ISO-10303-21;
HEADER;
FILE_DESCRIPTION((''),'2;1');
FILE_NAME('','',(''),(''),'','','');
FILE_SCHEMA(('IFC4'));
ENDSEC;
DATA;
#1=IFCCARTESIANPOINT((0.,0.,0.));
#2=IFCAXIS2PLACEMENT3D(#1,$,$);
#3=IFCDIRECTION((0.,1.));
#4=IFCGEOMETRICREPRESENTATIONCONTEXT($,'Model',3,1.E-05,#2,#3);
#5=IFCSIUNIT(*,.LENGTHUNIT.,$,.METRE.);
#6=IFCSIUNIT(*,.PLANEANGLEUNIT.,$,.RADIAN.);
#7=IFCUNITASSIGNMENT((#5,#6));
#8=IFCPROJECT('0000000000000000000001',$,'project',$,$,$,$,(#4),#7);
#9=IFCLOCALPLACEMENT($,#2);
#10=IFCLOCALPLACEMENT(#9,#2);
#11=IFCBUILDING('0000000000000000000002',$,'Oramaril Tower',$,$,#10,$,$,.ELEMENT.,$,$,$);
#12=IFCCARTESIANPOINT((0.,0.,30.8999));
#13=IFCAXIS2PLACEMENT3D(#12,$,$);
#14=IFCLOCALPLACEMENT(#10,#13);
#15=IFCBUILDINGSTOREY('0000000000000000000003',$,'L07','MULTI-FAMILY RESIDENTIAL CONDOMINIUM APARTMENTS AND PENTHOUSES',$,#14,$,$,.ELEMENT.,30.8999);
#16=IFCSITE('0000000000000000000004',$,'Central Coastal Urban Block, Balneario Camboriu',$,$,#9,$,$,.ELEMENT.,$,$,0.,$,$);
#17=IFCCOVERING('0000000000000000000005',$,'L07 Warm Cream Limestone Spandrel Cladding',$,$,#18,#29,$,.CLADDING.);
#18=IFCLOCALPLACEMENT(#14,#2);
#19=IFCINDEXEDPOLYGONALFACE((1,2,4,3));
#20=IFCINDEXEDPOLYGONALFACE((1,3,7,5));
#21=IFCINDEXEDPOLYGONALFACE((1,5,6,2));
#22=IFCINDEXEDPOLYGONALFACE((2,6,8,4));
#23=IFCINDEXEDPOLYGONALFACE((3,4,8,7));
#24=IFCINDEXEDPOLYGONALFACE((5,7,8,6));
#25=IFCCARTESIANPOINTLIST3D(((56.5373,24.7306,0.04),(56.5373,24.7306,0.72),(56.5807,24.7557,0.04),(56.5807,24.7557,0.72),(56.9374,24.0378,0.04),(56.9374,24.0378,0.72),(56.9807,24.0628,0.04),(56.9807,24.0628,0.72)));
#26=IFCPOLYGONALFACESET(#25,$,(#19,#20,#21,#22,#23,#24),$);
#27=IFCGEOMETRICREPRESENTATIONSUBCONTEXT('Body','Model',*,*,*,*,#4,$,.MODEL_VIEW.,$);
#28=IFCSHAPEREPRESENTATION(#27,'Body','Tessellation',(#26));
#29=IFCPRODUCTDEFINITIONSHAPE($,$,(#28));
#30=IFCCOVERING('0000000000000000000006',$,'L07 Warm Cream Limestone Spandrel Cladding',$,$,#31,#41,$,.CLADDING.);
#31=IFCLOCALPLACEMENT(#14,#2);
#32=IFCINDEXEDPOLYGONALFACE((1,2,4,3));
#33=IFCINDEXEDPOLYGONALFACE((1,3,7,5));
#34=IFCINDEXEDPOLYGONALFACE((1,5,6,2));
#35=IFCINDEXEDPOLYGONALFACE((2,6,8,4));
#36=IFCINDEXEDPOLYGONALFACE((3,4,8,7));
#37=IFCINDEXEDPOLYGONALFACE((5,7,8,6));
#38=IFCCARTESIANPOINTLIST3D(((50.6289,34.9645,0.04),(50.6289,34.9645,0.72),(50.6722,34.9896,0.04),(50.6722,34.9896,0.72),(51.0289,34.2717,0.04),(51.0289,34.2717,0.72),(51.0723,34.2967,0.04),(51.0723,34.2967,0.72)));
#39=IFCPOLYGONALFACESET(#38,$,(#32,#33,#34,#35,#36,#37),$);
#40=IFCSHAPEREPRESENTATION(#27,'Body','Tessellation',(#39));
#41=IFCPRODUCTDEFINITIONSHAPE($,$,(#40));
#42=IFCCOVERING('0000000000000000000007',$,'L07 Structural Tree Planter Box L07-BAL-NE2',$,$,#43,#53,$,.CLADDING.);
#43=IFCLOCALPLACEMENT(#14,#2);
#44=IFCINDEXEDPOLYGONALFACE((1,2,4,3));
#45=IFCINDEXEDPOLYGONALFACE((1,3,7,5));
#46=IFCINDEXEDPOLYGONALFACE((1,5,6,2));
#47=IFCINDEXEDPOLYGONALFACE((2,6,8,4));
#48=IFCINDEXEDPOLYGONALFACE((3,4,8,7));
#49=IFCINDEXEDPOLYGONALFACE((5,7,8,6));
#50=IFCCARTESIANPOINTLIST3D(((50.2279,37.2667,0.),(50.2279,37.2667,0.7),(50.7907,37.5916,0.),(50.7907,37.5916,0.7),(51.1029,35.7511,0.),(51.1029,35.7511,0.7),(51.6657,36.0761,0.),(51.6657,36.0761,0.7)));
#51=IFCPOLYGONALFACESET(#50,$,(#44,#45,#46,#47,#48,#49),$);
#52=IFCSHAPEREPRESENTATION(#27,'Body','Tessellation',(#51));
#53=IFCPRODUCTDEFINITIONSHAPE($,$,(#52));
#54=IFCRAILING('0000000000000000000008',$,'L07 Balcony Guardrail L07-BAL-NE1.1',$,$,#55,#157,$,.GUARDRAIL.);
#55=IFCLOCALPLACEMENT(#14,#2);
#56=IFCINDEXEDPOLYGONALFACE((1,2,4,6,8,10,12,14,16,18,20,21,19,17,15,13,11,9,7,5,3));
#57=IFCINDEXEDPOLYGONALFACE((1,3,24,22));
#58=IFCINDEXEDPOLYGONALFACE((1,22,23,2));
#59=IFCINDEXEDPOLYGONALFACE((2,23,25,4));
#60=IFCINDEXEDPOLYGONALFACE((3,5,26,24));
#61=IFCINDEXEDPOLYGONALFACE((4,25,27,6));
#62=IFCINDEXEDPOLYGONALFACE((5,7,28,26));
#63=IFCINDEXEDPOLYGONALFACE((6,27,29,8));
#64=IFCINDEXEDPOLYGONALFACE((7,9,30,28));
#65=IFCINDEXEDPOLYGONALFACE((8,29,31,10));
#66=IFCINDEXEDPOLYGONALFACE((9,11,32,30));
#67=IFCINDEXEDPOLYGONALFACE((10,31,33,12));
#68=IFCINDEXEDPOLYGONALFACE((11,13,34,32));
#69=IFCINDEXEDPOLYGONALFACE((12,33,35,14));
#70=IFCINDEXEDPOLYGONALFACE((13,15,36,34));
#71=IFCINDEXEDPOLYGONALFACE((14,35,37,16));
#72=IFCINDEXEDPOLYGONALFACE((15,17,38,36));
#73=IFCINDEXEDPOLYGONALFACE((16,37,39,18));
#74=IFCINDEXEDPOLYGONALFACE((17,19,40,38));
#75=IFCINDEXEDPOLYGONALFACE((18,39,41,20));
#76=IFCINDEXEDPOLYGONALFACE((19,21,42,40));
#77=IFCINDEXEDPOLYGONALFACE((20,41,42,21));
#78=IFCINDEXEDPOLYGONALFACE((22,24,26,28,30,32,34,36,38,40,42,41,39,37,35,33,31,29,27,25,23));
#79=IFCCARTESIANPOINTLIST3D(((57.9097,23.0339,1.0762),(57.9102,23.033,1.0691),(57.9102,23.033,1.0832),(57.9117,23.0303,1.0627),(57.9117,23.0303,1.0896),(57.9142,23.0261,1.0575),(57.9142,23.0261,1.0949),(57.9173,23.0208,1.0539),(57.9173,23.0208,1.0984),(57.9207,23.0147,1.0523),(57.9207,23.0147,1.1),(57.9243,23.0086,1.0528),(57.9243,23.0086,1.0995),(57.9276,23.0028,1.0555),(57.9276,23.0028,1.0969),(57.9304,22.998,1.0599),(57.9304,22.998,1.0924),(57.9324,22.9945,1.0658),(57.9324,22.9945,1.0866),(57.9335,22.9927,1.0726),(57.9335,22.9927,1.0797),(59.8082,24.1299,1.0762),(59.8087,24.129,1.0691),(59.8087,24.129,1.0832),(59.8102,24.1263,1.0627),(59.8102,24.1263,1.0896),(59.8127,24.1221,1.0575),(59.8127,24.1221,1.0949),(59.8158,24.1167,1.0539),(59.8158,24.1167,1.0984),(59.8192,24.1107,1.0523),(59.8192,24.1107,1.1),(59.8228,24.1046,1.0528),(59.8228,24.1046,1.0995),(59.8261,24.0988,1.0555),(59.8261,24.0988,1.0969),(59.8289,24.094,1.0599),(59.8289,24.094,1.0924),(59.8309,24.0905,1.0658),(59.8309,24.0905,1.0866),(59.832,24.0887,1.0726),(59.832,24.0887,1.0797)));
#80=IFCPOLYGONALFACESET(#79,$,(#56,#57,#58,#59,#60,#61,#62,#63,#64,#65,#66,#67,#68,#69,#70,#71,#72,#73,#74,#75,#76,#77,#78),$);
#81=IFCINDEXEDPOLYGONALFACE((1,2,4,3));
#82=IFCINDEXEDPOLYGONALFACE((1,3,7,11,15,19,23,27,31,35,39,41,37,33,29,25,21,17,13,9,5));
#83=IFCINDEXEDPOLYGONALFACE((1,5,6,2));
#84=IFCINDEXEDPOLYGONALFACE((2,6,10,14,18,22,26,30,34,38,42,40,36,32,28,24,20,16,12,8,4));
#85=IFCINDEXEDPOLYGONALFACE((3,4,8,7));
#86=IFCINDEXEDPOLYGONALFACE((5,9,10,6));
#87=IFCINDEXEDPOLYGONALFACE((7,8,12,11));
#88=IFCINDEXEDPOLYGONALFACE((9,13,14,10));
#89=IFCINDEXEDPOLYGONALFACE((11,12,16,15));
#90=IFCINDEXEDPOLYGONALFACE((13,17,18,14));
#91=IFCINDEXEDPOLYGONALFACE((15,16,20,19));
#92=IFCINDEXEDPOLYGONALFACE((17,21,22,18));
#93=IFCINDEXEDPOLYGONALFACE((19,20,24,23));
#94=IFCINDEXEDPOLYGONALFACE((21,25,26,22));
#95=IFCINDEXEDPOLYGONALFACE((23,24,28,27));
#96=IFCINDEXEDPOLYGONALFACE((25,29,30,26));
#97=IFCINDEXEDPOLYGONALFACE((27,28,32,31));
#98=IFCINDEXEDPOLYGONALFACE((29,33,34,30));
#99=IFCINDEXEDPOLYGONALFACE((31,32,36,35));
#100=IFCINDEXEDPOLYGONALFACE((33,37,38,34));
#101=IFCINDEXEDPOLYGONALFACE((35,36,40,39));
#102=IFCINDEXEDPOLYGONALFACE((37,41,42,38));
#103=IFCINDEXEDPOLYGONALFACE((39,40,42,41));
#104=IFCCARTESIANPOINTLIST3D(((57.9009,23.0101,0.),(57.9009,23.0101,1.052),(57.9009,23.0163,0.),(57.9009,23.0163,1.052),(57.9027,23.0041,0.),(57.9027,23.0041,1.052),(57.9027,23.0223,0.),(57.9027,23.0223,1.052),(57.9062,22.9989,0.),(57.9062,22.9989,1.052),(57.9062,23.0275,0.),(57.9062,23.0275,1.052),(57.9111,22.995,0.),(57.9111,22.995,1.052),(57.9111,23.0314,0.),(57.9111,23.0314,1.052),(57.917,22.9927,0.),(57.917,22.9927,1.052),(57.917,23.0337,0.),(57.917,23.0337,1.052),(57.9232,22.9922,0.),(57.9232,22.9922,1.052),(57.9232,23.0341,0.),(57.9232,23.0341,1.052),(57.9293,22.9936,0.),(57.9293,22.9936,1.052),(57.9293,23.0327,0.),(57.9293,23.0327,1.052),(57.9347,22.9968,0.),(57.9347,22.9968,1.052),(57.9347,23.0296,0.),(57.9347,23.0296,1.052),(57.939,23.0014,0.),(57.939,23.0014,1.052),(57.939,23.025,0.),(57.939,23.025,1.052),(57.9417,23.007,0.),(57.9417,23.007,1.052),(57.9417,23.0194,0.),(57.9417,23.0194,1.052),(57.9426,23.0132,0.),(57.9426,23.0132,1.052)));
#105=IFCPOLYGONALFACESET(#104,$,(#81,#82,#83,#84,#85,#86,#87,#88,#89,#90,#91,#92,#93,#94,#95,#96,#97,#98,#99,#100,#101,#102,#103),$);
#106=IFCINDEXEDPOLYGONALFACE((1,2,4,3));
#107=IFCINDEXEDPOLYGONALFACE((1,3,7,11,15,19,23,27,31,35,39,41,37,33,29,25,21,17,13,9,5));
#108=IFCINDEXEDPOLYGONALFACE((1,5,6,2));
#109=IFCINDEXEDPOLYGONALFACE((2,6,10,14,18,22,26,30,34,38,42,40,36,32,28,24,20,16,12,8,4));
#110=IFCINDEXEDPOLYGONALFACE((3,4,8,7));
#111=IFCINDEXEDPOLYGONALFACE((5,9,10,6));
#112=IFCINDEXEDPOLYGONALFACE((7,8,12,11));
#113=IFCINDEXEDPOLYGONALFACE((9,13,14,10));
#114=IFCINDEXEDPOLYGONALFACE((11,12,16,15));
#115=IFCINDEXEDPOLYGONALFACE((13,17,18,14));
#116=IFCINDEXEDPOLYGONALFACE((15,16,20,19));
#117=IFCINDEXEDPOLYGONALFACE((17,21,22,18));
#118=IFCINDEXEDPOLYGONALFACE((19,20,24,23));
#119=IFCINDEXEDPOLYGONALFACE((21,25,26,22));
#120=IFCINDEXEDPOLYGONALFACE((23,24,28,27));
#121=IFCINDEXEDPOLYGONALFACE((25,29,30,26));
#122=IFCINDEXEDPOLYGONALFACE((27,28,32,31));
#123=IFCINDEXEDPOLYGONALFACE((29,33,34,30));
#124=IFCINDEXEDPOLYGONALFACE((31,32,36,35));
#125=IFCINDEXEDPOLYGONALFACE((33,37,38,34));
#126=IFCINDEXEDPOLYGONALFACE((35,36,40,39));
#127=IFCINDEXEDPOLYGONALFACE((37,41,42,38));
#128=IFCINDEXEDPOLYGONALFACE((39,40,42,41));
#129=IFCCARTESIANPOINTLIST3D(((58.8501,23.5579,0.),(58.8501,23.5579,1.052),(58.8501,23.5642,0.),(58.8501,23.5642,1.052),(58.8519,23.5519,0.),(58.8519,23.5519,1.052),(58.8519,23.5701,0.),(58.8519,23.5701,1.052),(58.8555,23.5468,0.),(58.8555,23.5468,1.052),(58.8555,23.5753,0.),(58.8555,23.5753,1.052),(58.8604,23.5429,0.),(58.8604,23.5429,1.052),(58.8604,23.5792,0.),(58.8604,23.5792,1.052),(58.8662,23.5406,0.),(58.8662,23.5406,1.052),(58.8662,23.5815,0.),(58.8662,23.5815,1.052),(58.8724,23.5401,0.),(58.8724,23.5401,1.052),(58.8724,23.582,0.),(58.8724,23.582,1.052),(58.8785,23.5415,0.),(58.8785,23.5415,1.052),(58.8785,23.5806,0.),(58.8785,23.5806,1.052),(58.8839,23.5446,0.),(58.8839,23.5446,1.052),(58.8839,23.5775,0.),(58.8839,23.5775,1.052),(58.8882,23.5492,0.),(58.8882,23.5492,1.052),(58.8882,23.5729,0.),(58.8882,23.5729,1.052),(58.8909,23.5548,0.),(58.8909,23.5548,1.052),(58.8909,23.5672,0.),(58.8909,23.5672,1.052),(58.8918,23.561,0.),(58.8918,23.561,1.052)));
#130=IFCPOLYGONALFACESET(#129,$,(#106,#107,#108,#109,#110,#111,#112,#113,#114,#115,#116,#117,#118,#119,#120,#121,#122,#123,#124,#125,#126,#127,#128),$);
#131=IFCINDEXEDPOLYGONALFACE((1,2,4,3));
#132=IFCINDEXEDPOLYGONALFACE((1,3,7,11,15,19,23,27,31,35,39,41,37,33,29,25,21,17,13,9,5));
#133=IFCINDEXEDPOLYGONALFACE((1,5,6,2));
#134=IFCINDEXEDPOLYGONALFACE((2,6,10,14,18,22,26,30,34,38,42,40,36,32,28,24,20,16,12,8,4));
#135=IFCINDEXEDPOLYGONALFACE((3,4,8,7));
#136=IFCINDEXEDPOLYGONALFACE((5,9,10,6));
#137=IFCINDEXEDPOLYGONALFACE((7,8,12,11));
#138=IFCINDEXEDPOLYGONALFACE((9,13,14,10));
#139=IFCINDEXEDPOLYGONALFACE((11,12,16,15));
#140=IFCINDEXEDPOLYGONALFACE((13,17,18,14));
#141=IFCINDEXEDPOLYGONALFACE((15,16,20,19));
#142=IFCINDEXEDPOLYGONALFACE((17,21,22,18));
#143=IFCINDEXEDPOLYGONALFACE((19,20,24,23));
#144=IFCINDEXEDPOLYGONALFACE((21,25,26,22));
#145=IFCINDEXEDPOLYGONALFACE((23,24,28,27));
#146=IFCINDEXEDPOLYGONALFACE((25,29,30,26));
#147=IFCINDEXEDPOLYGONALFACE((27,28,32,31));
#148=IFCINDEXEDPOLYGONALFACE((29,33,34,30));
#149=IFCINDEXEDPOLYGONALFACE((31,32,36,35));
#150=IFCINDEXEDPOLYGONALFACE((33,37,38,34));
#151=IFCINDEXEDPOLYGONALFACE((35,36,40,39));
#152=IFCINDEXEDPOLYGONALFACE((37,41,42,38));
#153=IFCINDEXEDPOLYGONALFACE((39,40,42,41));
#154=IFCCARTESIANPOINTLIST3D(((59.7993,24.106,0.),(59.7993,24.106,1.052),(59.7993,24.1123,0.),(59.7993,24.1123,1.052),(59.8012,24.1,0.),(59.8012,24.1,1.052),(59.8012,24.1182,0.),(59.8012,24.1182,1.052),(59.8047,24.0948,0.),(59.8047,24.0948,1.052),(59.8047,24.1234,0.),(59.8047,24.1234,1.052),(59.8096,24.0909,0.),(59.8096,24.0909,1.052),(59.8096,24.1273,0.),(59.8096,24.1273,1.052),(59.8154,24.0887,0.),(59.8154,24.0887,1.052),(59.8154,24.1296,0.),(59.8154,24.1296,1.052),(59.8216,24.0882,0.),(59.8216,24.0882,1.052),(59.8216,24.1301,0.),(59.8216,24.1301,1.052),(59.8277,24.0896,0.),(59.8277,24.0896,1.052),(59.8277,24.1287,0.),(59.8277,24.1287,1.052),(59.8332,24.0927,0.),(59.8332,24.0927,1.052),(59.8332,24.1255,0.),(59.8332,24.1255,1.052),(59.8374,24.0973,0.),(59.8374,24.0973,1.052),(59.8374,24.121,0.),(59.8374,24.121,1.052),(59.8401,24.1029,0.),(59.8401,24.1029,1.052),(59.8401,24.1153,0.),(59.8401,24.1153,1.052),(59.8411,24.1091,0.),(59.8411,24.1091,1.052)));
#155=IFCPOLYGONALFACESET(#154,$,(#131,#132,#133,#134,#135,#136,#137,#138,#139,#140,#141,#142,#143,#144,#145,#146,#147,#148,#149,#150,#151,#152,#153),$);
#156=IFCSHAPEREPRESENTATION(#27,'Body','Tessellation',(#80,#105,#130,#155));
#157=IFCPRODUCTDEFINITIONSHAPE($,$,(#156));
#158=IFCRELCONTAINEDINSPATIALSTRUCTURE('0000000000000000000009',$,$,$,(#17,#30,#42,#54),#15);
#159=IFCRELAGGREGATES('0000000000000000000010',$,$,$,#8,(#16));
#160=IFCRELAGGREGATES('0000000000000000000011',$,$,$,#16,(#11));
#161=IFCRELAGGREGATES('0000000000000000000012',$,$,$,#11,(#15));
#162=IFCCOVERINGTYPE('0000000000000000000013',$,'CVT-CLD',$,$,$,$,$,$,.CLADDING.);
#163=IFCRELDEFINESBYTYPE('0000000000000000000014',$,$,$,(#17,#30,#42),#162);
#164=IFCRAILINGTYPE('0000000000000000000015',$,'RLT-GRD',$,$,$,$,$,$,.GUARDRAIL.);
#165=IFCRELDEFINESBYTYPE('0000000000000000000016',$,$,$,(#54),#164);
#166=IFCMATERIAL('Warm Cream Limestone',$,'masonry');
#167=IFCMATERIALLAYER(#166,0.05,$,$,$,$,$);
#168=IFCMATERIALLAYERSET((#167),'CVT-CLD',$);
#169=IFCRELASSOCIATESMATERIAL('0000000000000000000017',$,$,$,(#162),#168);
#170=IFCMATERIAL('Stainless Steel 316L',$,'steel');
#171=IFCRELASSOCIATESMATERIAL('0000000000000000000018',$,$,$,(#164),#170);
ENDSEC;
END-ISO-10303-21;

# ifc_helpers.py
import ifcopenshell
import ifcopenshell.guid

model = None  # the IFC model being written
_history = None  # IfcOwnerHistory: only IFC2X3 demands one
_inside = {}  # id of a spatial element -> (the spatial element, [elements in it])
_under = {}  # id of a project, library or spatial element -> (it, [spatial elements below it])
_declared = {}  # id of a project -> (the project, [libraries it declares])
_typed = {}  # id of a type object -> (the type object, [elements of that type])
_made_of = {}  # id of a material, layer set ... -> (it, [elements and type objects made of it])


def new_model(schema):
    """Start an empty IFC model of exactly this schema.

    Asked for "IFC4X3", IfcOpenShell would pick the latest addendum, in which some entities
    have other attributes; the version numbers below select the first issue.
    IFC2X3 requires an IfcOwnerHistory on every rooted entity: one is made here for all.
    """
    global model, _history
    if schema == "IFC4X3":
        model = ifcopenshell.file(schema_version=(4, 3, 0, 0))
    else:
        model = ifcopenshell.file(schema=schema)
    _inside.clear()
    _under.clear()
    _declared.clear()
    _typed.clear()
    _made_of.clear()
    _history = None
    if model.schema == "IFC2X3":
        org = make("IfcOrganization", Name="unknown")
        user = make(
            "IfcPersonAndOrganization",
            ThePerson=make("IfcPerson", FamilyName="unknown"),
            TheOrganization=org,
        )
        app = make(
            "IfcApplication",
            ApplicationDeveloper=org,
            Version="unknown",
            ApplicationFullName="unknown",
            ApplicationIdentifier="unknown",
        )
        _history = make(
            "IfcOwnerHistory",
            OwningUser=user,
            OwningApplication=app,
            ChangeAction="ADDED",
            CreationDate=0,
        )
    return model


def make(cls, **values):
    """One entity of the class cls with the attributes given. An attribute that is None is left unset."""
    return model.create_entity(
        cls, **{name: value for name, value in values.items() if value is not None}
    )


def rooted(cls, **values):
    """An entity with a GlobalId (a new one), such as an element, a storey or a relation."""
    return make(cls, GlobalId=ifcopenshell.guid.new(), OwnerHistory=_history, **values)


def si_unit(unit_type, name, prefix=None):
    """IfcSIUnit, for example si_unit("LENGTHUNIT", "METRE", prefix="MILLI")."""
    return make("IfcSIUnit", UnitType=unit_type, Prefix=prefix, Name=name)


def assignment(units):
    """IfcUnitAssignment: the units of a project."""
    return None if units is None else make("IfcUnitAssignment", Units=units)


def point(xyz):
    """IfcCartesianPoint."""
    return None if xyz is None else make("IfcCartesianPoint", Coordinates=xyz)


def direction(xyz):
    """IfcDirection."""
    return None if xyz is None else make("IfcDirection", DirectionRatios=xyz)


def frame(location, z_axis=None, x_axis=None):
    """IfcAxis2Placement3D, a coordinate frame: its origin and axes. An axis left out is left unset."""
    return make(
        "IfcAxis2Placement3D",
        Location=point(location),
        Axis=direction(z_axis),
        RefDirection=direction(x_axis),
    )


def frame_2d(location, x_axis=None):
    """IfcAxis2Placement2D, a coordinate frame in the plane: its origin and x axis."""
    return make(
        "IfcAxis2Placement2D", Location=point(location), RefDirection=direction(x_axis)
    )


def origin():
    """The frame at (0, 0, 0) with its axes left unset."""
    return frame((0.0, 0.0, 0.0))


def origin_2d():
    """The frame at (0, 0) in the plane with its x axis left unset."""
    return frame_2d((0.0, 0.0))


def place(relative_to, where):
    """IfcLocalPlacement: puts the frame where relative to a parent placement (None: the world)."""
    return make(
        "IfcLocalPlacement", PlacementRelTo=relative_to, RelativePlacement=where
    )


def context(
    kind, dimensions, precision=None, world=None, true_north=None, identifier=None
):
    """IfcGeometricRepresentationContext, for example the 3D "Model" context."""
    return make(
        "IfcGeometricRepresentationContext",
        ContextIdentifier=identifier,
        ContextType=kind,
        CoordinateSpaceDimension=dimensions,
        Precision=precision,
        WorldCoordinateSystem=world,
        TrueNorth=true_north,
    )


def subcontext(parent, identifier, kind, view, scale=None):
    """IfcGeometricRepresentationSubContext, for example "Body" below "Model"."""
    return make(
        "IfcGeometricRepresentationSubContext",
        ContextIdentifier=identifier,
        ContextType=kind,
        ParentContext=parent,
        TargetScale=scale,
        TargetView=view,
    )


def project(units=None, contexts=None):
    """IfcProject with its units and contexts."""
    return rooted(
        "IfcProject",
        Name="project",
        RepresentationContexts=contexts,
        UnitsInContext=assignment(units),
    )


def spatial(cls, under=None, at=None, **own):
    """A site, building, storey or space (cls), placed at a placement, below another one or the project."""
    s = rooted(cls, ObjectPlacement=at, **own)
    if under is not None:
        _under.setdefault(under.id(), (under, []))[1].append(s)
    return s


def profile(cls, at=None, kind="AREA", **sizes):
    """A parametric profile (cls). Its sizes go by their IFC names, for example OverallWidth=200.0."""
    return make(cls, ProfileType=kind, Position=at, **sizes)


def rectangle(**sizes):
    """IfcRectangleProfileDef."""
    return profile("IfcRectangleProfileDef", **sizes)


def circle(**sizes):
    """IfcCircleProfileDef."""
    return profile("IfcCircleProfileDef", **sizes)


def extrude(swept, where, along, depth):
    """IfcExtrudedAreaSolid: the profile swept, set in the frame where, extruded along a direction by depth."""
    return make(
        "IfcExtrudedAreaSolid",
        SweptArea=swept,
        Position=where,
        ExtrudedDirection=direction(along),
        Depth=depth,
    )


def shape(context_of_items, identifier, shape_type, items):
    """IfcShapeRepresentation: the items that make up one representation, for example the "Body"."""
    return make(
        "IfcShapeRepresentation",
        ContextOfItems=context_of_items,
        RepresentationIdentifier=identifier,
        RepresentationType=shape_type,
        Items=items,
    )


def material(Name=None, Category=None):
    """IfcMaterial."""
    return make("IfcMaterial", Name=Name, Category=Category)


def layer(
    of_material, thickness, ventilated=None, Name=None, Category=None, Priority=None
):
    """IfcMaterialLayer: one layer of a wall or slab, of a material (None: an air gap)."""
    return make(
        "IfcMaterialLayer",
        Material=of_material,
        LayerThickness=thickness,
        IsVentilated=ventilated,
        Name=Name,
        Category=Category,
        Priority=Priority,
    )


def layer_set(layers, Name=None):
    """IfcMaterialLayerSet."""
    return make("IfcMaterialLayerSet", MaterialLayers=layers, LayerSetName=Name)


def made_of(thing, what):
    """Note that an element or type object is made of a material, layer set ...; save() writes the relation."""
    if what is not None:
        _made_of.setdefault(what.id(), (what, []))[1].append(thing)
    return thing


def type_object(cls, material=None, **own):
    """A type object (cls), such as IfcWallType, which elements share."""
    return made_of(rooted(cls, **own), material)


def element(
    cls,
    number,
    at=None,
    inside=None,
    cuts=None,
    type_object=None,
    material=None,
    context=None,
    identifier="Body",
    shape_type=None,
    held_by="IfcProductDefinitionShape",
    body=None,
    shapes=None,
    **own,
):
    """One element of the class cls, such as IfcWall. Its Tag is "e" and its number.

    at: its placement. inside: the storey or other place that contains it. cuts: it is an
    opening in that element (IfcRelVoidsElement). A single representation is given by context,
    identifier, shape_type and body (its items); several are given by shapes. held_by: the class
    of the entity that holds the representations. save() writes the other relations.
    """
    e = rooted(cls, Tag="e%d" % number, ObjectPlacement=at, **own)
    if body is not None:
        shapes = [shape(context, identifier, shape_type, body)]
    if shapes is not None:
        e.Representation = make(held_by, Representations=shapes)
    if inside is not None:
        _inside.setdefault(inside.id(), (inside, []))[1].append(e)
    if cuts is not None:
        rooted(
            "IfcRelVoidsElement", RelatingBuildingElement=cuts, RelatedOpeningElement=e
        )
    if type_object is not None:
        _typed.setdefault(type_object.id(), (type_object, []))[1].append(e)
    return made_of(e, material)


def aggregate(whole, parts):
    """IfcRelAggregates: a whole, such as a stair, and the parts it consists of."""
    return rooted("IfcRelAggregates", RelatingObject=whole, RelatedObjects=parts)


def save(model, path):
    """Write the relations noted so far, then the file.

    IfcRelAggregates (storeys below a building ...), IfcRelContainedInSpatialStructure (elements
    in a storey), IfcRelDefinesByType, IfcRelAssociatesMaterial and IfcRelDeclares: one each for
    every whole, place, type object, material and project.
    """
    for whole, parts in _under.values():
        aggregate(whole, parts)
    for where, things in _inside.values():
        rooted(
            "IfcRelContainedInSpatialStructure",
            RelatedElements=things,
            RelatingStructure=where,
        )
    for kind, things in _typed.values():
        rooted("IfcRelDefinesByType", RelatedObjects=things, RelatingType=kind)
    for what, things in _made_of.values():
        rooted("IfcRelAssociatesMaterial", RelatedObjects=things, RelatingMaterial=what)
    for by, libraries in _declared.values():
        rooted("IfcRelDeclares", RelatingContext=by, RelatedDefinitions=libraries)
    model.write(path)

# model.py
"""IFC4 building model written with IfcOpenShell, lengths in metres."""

from ifc_helpers import new_model, si_unit, direction, frame, origin, origin_2d, place, context, subcontext, project, spatial, rectangle, circle, extrude, material, layer, layer_set, type_object, element, save


model = new_model("IFC4")

# Units and contexts
model_context = context("Model", 3, precision=1e-05, world=origin(), true_north=direction((0.0, 1.0)))
body_context = subcontext(model_context, "Body", "Model", "MODEL_VIEW")
ifc_project = project(units=[si_unit("LENGTHUNIT", "METRE"), si_unit("PLANEANGLEUNIT", "RADIAN")], contexts=[model_context])

# Site, building, storey
site_placement = place(None, origin())
site = spatial("IfcSite", under=ifc_project, at=site_placement, Name="Central Coastal Urban Block, Balneario Camboriu", CompositionType="ELEMENT", RefElevation=0.0)
building_placement = place(site_placement, origin())
building = spatial("IfcBuilding", under=site, at=building_placement, Name="Oramaril Tower", CompositionType="ELEMENT")
storey_placement = place(building_placement, frame((0.0, 0.0, 30.8999)))
storey = spatial("IfcBuildingStorey", under=building, at=storey_placement, Name="L07", Description="MULTI-FAMILY RESIDENTIAL CONDOMINIUM APARTMENTS AND PENTHOUSES", CompositionType="ELEMENT", Elevation=30.8999)

# Coverings
ifc_material_1 = material(Name="Warm Cream Limestone", Category="masonry")
ifc_layer_1 = layer(ifc_material_1, 0.05)
ifc_layer_set_1 = layer_set([ifc_layer_1], Name="CVT-CLD")
covering_type = type_object("IfcCoveringType", Name="CVT-CLD", PredefinedType="CLADDING", material=ifc_layer_set_1)
for number, where, z_axis, x_axis, name in (
    (1, (56.759, 24.3967, 0.04), (0.0, 0.0, 1.0), (-0.5, 0.866025, 0.0), "L07 Warm Cream Limestone Spandrel Cladding"),
    (2, (50.8506, 34.6306, 0.04), (0.0, 0.0, 1.0), (-0.5, 0.866025, 0.0), "L07 Warm Cream Limestone Spandrel Cladding"),
):
    element("IfcCovering", number, at=place(storey_placement, frame(where, z_axis=z_axis, x_axis=x_axis)), inside=storey, type_object=covering_type, Name=name, PredefinedType="CLADDING", context=body_context, shape_type="SweptSolid", body=[
        extrude(rectangle(XDim=0.8, YDim=0.05, at=origin_2d()), origin(), (0.0, 0.0, 1.0), 0.6799),
    ])
covering_placement = place(storey_placement, frame((50.9468, 36.6714, 0.0), z_axis=(0.0, 0.0, 1.0), x_axis=(-0.500002, 0.866025, 0.0)))
element("IfcCovering", 3, at=covering_placement, inside=storey, type_object=covering_type, Name="L07 Structural Tree Planter Box L07-BAL-NE2", PredefinedType="CLADDING", context=body_context, shape_type="SweptSolid", body=[
    extrude(rectangle(XDim=1.75, YDim=0.6499, at=origin_2d()), origin(), (0.0, 0.0, 1.0), 0.7),
])

# Railing
ifc_material_2 = material(Name="Stainless Steel 316L", Category="steel")
railing_type = type_object("IfcRailingType", Name="RLT-GRD", PredefinedType="GUARDRAIL", material=ifc_material_2)
railing_1_placement = place(storey_placement, frame((57.9216, 23.0132, 0.0)))
element("IfcRailing", 4, at=railing_1_placement, inside=storey, type_object=railing_type, Name="L07 Balcony Guardrail L07-BAL-NE1.1", PredefinedType="GUARDRAIL", context=body_context, shape_type="SweptSolid", body=[
    extrude(circle(Radius=0.0239, at=origin_2d()), frame((0.0, 0.0, 1.0762), z_axis=(0.866048, 0.49996, 0.0), x_axis=(-0.49996, 0.866048, 0.0)), (0.0, 0.0, 1.0), 2.1921),
    extrude(circle(Radius=0.021, at=origin_2d()), origin(), (0.0, 0.0, 1.0), 1.052),
    extrude(circle(Radius=0.021, at=origin_2d()), frame((0.9492, 0.5479, 0.0)), (0.0, 0.0, 1.0), 1.052),
    extrude(circle(Radius=0.021, at=origin_2d()), frame((1.8984, 1.0959, 0.0)), (0.0, 0.0, 1.0), 1.052),
])

save(model, "model.ifc")
